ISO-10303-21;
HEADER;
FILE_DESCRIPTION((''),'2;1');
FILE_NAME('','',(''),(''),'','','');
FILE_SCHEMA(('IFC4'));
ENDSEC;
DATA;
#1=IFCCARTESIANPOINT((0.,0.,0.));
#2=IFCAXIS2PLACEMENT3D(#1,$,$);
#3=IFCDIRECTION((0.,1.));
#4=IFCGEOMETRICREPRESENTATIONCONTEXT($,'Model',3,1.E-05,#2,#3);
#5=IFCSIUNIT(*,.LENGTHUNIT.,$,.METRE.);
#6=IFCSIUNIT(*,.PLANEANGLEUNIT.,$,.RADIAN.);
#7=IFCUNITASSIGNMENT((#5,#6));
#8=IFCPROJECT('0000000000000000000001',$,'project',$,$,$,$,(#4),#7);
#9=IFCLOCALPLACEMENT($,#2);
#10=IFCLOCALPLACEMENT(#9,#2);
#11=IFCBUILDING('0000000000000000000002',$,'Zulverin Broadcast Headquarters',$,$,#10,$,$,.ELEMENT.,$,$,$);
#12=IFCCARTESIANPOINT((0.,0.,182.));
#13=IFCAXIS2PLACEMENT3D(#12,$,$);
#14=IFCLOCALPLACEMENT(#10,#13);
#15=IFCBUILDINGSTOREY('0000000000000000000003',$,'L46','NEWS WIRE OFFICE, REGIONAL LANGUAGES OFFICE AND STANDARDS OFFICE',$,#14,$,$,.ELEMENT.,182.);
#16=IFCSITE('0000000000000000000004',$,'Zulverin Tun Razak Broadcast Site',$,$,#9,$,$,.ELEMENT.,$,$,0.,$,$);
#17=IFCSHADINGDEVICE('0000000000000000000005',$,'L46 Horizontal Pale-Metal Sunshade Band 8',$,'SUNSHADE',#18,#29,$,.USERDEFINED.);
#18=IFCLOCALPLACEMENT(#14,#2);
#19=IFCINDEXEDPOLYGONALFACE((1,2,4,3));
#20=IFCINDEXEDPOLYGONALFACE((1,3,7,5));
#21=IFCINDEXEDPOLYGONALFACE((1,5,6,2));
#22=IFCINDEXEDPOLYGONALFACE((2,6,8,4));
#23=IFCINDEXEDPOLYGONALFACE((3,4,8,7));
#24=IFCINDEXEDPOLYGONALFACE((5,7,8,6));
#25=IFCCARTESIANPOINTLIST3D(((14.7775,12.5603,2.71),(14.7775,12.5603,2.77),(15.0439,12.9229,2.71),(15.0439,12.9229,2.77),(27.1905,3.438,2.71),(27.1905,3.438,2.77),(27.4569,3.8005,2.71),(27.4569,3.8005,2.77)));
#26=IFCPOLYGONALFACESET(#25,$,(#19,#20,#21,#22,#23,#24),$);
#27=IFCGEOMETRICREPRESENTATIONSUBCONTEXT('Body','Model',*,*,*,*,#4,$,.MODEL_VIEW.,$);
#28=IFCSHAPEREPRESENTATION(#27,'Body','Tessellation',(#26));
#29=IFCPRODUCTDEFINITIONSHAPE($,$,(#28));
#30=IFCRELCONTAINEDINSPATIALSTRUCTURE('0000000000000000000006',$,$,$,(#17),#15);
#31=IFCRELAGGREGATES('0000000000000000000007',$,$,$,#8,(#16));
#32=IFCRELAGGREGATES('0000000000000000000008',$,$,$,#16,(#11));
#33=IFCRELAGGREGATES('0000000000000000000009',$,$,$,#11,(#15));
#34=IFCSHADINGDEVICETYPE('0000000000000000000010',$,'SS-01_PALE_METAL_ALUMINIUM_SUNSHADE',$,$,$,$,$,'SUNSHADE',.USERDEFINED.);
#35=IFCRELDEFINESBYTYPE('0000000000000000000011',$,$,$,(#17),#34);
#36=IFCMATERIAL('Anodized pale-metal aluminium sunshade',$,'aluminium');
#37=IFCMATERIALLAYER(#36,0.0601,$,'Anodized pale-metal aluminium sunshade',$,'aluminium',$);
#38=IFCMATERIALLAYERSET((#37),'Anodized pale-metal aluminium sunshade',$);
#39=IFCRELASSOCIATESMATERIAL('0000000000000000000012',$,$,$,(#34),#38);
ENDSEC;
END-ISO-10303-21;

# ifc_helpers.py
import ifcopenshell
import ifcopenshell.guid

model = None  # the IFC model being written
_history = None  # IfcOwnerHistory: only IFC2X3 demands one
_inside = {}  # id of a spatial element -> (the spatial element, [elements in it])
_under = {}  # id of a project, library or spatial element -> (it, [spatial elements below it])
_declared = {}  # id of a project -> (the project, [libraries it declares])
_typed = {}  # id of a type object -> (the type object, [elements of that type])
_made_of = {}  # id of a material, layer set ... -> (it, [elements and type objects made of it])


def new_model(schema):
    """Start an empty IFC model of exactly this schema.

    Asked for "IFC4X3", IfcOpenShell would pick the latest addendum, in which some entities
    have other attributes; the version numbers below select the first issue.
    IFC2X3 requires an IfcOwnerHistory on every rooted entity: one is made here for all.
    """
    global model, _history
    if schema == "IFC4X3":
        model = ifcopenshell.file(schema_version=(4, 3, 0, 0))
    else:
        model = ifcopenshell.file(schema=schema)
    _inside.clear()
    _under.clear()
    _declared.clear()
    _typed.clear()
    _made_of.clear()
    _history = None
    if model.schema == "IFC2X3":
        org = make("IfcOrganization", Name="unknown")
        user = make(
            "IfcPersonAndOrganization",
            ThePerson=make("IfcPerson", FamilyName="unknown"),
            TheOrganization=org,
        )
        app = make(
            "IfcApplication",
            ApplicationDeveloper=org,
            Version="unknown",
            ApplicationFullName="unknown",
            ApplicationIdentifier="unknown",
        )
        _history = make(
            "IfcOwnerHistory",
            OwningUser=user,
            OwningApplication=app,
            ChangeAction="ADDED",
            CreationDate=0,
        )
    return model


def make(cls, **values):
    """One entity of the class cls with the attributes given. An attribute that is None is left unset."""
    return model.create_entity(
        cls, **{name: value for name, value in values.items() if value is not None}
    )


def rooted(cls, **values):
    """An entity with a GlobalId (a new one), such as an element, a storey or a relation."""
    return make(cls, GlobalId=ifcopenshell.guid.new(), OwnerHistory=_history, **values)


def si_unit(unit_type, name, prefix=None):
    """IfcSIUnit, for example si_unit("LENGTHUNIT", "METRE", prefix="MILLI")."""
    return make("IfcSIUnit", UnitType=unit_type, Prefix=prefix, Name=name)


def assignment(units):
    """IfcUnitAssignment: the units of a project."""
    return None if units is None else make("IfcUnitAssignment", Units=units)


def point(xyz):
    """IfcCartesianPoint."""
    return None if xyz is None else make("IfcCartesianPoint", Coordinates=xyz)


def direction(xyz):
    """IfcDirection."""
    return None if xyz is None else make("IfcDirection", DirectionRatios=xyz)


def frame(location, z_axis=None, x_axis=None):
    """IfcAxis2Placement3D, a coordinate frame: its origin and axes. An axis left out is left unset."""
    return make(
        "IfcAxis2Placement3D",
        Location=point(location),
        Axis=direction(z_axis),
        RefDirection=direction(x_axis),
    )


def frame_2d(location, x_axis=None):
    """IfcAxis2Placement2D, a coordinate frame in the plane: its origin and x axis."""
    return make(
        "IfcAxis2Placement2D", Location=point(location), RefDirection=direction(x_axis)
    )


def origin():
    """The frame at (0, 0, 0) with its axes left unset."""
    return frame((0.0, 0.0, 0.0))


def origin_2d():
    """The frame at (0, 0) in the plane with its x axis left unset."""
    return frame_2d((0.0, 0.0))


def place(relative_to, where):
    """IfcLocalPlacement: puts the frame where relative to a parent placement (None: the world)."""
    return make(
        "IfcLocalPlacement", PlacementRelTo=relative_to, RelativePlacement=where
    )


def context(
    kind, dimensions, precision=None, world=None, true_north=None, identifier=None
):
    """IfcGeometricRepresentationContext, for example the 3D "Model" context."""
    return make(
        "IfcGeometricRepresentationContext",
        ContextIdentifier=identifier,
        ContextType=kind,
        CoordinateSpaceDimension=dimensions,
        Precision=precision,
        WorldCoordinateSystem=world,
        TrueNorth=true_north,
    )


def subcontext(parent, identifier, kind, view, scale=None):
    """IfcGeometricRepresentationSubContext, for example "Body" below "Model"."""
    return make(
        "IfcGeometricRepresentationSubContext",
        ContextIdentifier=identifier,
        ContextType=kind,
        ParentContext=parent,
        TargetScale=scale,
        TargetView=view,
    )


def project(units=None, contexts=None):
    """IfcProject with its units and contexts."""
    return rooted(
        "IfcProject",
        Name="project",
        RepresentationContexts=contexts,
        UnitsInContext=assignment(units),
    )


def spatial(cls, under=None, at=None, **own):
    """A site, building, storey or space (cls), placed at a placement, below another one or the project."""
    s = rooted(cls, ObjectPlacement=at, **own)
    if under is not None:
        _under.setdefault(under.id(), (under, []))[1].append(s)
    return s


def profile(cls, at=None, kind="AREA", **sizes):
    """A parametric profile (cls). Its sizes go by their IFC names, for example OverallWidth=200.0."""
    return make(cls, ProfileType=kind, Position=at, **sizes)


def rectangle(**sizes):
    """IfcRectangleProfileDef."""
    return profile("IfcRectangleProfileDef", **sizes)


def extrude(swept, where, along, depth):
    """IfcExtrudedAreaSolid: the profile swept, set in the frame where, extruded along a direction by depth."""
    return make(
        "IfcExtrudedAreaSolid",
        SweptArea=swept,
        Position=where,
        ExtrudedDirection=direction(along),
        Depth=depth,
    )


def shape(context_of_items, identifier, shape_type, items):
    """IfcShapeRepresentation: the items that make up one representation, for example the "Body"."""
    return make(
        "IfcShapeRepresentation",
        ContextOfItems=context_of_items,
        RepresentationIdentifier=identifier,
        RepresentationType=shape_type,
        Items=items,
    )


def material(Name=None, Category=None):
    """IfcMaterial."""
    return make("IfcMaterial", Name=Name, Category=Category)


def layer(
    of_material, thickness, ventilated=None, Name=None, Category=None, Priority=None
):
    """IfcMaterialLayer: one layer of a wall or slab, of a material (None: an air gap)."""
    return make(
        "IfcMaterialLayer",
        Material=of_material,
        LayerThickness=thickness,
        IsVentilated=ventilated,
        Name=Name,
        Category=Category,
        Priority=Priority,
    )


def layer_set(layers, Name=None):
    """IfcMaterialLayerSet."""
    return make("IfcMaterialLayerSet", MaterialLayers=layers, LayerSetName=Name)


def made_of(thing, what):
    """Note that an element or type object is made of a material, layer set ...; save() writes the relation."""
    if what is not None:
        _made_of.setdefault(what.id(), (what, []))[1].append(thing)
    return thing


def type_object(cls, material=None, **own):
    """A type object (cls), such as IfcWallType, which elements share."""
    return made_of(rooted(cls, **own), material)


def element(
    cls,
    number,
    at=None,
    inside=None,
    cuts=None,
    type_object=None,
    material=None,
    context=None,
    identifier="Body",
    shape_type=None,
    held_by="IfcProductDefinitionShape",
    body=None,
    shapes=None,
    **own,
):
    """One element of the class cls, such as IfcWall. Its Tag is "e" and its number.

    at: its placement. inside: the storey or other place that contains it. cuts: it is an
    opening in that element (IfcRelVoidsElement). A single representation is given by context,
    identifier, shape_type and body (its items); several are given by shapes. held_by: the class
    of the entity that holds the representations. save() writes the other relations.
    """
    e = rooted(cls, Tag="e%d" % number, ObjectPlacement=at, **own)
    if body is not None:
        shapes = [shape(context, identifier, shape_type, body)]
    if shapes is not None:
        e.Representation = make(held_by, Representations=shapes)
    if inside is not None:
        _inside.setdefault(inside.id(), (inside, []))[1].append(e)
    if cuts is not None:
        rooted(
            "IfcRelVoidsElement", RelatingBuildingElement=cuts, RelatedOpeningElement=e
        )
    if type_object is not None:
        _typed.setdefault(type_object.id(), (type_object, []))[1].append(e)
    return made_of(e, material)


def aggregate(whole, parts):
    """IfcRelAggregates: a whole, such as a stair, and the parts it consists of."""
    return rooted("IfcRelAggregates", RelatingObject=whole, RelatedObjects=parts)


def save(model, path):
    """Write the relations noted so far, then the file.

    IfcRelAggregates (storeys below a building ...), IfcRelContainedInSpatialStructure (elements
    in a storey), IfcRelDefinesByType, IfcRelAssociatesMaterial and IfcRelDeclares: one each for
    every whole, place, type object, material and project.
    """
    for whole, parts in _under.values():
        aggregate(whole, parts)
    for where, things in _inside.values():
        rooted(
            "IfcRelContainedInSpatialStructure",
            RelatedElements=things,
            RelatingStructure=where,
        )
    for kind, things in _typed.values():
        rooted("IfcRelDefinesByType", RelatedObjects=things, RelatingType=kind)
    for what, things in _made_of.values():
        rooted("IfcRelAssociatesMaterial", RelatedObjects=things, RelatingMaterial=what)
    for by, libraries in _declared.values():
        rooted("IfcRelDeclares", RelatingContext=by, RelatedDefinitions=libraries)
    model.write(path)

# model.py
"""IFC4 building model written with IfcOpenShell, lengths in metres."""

from ifc_helpers import new_model, si_unit, direction, frame, origin, origin_2d, place, context, subcontext, project, spatial, rectangle, extrude, material, layer, layer_set, type_object, element, save


model = new_model("IFC4")

# Units and contexts
model_context = context("Model", 3, precision=1e-05, world=origin(), true_north=direction((0.0, 1.0)))
body_context = subcontext(model_context, "Body", "Model", "MODEL_VIEW")
ifc_project = project(units=[si_unit("LENGTHUNIT", "METRE"), si_unit("PLANEANGLEUNIT", "RADIAN")], contexts=[model_context])

# Site, building, storey
site_placement = place(None, origin())
site = spatial("IfcSite", under=ifc_project, at=site_placement, Name="Zulverin Tun Razak Broadcast Site", CompositionType="ELEMENT", RefElevation=0.0)
building_placement = place(site_placement, origin())
building = spatial("IfcBuilding", under=site, at=building_placement, Name="Zulverin Broadcast Headquarters", CompositionType="ELEMENT")
storey_placement = place(building_placement, frame((0.0, 0.0, 182.0)))
storey = spatial("IfcBuildingStorey", under=building, at=storey_placement, Name="L46", Description="NEWS WIRE OFFICE, REGIONAL LANGUAGES OFFICE AND STANDARDS OFFICE", CompositionType="ELEMENT", Elevation=182.0)

# Shading device
ifc_material_1 = material(Name="Anodized pale-metal aluminium sunshade", Category="aluminium")
ifc_layer_1 = layer(ifc_material_1, 0.0601, Name="Anodized pale-metal aluminium sunshade", Category="aluminium")
ifc_layer_set_1 = layer_set([ifc_layer_1], Name="Anodized pale-metal aluminium sunshade")
shading_device_type_1 = type_object("IfcShadingDeviceType", Name="SS-01_PALE_METAL_ALUMINIUM_SUNSHADE", ElementType="SUNSHADE", PredefinedType="USERDEFINED", material=ifc_layer_set_1)
shading_device_1_placement = place(storey_placement, frame((21.1172, 8.1804, 2.71), z_axis=(0.0, 0.0, 1.0), x_axis=(0.805802, -0.592185, 0.0)))
element("IfcShadingDevice", 1, at=shading_device_1_placement, inside=storey, type_object=shading_device_type_1, Name="L46 Horizontal Pale-Metal Sunshade Band 8", ObjectType="SUNSHADE", PredefinedType="USERDEFINED", context=body_context, shape_type="SweptSolid", body=[
    extrude(rectangle(XDim=15.4045, YDim=0.45, at=origin_2d()), origin(), (0.0, 0.0, 1.0), 0.0601),
])

save(model, "model.ifc")
